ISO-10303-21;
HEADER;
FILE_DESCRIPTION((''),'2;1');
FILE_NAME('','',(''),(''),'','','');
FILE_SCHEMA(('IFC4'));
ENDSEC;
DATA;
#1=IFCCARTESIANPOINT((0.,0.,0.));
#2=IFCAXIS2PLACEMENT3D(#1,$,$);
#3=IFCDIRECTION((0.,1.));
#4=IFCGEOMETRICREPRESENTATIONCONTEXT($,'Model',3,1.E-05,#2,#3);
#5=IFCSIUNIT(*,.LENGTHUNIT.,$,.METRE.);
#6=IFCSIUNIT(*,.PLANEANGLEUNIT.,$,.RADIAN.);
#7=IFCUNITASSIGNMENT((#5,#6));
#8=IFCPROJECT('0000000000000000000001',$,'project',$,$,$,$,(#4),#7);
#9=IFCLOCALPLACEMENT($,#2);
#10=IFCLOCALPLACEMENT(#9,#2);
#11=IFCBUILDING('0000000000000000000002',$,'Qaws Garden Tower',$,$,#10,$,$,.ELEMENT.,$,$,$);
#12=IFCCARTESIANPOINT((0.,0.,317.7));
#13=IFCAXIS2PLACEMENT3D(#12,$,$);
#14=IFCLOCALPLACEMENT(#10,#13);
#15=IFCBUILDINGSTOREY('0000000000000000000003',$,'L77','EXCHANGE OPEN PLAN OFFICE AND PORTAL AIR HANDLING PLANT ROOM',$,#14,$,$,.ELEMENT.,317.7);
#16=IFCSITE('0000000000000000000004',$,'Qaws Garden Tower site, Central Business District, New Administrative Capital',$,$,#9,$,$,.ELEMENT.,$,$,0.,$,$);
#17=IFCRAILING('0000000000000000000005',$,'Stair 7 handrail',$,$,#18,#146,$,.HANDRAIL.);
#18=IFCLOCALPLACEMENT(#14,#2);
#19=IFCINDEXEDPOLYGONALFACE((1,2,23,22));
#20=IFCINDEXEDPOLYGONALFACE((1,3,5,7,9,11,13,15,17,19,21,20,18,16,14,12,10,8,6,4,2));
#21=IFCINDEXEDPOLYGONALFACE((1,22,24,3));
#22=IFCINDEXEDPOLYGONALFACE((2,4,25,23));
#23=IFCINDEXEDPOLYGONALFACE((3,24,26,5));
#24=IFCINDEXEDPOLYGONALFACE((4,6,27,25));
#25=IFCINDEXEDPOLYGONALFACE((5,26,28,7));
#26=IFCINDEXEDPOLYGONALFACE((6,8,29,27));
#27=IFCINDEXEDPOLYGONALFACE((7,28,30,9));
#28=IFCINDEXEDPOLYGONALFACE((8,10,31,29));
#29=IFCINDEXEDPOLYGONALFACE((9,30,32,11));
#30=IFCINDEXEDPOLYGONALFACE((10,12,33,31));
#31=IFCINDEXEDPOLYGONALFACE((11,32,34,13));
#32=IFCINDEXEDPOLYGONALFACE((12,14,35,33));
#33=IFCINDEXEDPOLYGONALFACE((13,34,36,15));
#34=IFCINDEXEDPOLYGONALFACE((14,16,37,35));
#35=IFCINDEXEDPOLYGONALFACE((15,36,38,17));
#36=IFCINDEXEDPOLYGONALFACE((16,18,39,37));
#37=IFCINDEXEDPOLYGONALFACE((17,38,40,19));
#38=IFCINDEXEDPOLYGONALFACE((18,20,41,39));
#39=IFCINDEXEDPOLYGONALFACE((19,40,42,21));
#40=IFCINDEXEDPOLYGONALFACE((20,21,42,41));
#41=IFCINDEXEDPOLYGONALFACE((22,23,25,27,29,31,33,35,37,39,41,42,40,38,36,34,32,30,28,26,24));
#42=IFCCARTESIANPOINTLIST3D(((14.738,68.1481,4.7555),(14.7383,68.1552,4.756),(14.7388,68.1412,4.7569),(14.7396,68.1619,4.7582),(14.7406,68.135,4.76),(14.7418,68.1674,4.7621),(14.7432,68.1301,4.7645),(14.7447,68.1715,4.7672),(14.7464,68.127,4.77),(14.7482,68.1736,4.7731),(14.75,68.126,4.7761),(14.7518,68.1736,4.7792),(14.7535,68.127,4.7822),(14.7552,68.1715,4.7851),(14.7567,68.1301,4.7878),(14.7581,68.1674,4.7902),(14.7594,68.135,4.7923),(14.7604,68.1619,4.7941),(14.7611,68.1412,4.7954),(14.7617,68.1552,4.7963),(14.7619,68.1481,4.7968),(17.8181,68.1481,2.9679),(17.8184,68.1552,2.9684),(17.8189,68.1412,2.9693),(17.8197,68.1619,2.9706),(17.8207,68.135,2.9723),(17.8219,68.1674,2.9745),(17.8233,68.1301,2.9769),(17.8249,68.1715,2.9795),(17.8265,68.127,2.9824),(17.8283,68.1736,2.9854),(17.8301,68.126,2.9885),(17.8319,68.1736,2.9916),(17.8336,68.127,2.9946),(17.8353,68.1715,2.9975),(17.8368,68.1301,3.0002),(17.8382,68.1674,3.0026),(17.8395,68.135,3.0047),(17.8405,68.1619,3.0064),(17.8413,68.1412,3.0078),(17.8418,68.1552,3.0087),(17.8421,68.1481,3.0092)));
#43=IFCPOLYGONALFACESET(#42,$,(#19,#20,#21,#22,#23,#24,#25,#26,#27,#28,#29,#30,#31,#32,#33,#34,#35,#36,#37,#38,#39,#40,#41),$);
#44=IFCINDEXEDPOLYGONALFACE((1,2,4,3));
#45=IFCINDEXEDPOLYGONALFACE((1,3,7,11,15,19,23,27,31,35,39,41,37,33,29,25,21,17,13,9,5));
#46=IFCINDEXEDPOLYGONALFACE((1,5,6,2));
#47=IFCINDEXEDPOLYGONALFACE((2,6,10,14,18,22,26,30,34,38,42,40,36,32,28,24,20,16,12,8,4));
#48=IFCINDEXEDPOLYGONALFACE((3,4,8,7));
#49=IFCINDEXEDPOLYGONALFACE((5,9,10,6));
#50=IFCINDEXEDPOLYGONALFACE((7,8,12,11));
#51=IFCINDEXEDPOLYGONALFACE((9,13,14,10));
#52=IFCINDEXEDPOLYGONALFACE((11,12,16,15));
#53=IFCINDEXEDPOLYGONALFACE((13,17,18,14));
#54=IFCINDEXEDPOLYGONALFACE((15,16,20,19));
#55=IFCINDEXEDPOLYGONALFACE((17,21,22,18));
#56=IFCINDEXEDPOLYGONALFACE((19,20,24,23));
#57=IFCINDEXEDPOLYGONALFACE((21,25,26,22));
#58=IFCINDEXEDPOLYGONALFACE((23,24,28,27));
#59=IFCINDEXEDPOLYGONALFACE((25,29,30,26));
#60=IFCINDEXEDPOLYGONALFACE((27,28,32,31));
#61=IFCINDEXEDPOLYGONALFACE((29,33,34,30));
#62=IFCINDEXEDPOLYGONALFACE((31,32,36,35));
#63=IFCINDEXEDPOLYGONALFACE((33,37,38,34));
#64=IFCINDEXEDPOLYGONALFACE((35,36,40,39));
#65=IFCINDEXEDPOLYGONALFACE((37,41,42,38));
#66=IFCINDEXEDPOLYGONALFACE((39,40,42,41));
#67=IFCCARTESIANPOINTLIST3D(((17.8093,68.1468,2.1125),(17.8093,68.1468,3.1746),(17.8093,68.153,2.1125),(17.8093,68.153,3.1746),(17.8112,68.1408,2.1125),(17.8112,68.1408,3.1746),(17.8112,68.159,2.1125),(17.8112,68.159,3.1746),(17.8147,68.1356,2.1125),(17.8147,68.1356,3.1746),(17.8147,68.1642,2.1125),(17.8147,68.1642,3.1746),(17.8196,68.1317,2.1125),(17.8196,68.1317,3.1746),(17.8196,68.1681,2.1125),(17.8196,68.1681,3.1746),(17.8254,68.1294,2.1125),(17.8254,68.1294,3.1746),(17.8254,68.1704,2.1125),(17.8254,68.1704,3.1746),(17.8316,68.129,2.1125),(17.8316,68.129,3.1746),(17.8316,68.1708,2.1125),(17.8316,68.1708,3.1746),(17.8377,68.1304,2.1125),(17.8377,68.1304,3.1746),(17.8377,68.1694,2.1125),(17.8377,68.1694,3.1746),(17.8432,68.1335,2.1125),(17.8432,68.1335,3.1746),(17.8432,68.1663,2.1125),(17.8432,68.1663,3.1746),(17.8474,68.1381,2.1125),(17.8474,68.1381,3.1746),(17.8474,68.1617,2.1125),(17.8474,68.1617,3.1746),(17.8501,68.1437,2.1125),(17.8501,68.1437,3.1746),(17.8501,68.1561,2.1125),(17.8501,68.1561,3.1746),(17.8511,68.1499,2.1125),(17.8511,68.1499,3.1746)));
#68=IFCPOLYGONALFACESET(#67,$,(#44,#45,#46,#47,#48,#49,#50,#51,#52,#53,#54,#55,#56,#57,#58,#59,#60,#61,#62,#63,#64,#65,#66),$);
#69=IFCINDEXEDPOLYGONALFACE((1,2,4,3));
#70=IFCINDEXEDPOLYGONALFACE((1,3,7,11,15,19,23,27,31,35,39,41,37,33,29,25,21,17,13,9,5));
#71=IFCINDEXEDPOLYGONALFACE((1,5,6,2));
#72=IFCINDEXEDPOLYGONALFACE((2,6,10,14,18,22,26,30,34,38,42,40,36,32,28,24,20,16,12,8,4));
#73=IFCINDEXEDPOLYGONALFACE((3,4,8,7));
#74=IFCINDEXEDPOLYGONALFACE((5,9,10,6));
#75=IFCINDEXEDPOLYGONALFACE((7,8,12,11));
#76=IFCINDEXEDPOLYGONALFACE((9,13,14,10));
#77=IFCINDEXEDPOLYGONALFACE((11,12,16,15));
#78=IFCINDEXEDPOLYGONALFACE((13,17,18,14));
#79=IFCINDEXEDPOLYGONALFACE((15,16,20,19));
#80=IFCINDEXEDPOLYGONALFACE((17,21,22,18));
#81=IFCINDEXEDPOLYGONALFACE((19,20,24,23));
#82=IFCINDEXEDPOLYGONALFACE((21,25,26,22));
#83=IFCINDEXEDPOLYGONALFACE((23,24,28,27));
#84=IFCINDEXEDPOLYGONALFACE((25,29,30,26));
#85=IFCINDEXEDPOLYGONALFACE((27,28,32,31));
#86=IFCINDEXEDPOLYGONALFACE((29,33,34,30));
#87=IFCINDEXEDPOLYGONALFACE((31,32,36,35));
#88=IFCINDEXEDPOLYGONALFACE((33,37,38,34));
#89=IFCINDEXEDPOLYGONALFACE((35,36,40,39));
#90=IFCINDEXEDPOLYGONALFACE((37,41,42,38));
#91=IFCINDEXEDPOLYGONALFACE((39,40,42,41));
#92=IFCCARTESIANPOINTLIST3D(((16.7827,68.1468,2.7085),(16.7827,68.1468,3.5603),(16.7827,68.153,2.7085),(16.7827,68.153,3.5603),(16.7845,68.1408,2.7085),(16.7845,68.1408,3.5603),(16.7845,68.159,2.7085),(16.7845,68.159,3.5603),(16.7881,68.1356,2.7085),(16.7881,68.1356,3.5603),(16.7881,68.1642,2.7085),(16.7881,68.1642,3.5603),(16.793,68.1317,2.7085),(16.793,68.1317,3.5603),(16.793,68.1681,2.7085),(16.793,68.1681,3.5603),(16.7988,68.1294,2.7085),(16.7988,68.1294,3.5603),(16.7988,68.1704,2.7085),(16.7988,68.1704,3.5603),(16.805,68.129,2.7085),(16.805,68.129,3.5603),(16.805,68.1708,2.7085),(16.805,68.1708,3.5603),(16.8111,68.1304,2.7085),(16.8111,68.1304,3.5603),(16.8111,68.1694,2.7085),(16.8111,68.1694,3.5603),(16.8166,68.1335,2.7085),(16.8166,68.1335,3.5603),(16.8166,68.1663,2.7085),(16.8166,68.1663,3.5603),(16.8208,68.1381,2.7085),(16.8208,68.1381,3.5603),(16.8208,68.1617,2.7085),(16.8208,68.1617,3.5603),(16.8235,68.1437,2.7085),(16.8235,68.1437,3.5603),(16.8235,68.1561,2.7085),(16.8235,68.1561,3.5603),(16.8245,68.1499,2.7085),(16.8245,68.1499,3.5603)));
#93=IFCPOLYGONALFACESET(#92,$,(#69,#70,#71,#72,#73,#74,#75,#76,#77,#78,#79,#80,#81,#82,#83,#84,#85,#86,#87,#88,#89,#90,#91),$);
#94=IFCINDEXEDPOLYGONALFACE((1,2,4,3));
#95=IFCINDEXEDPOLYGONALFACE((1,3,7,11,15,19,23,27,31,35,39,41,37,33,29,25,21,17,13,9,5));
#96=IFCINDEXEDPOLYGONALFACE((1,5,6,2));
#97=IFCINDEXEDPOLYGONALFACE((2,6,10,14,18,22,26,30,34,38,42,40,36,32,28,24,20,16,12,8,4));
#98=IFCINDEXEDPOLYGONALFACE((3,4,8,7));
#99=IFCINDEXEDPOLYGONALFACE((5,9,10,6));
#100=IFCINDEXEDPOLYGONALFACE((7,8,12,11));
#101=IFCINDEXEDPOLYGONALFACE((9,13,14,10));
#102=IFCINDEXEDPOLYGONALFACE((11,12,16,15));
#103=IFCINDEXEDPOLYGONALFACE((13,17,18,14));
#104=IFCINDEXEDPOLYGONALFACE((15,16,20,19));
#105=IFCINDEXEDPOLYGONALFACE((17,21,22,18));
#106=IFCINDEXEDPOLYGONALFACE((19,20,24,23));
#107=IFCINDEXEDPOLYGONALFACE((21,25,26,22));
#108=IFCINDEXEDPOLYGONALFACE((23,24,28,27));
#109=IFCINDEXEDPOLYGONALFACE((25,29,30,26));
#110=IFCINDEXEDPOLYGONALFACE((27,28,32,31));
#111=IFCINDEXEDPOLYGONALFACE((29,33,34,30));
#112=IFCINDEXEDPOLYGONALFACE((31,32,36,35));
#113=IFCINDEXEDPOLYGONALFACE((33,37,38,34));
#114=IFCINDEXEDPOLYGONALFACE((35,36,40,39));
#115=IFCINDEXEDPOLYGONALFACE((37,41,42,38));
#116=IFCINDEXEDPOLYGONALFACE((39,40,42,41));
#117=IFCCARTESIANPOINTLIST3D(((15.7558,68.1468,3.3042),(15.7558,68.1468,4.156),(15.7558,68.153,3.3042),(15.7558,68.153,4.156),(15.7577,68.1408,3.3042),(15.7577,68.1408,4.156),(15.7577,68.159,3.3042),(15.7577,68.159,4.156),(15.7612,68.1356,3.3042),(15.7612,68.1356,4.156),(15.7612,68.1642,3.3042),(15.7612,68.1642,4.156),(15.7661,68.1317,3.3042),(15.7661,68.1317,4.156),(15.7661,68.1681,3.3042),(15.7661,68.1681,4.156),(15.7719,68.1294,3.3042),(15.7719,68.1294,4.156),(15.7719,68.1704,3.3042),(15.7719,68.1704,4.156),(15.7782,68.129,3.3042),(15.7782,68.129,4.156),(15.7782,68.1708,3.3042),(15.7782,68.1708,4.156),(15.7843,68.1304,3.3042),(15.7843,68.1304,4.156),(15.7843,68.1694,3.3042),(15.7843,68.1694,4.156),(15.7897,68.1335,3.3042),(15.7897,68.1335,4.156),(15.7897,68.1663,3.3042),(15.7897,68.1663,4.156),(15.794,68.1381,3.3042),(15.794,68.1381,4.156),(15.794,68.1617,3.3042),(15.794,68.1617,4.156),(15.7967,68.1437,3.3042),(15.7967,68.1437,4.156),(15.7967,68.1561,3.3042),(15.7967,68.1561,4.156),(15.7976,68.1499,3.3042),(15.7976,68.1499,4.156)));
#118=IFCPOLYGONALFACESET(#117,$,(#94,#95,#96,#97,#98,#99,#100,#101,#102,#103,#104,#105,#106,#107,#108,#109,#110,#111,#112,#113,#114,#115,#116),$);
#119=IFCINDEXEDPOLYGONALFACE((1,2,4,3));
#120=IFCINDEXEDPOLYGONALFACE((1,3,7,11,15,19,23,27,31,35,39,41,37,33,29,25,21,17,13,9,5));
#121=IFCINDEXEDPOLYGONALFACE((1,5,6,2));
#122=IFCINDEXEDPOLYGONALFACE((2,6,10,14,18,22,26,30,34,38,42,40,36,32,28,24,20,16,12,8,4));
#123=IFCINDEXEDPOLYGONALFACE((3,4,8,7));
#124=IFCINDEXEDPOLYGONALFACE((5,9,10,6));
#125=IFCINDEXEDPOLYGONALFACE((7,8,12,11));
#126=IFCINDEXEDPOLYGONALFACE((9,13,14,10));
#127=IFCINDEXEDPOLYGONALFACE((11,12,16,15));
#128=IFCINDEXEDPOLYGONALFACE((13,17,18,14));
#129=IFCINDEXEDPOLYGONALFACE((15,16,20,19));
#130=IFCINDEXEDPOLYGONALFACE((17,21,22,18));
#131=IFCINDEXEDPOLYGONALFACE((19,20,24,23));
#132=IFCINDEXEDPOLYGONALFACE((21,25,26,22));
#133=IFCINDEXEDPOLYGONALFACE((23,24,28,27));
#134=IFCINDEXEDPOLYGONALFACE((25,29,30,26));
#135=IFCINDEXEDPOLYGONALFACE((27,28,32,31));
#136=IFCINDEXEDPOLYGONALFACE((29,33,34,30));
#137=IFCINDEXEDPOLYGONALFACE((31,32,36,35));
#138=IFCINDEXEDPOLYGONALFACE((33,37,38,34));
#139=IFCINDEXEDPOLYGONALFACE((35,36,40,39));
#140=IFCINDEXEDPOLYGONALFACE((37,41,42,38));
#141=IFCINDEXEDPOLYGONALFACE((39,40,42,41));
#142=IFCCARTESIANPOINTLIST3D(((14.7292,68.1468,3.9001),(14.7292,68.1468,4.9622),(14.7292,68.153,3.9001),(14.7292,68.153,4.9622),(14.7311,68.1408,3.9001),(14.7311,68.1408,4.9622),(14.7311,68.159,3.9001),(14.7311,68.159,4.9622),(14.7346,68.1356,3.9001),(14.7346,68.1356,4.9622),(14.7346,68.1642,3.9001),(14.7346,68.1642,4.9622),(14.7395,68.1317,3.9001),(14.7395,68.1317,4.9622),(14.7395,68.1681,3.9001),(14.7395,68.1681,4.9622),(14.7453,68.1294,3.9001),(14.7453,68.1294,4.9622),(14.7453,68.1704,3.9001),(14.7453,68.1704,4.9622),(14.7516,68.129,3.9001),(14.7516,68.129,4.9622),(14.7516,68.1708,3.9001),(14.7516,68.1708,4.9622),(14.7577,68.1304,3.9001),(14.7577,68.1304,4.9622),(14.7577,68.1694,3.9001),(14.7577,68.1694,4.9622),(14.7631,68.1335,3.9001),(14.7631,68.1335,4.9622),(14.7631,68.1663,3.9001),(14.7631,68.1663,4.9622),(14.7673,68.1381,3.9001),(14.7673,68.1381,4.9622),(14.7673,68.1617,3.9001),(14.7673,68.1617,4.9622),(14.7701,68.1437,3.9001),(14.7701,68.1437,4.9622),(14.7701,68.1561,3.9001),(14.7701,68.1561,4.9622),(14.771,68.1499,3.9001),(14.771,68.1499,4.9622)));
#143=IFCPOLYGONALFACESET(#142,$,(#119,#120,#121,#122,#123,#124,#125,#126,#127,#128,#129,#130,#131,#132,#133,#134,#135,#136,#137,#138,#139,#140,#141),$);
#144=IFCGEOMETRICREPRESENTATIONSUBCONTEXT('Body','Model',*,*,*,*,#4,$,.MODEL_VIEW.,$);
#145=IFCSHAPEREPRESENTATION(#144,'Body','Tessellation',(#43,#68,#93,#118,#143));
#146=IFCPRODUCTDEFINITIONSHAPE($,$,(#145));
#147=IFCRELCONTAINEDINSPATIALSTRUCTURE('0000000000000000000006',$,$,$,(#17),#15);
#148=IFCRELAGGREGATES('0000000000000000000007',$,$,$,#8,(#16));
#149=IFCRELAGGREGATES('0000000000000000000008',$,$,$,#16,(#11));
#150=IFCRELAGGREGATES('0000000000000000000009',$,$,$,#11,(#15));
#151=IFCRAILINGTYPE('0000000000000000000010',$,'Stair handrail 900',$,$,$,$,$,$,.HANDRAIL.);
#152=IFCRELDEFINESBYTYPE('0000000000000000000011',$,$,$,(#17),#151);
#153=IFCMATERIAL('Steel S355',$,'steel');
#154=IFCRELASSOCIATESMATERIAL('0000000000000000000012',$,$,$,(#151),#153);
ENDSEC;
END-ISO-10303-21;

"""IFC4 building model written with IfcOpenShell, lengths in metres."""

from ifc_helpers import new_model, si_unit, direction, frame, origin, origin_2d, place, context, subcontext, project, spatial, circle, extrude, material, type_object, element, save


model = new_model("IFC4")

# Units and contexts
model_context = context("Model", 3, precision=1e-05, world=origin(), true_north=direction((0.0, 1.0)))
body_context = subcontext(model_context, "Body", "Model", "MODEL_VIEW")
ifc_project = project(units=[si_unit("LENGTHUNIT", "METRE"), si_unit("PLANEANGLEUNIT", "RADIAN")], contexts=[model_context])

# Site, building, storey
site_placement = place(None, origin())
site = spatial("IfcSite", under=ifc_project, at=site_placement, Name="Qaws Garden Tower site, Central Business District, New Administrative Capital", CompositionType="ELEMENT", RefElevation=0.0)
building_placement = place(site_placement, origin())
building = spatial("IfcBuilding", under=site, at=building_placement, Name="Qaws Garden Tower", CompositionType="ELEMENT")
storey_placement = place(building_placement, frame((0.0, 0.0, 317.7)))
storey = spatial("IfcBuildingStorey", under=building, at=storey_placement, Name="L77", Description="EXCHANGE OPEN PLAN OFFICE AND PORTAL AIR HANDLING PLANT ROOM", CompositionType="ELEMENT", Elevation=317.7)

# Railing
ifc_material_1 = material(Name="Steel S355", Category="steel")
railing_type = type_object("IfcRailingType", Name="Stair handrail 900", PredefinedType="HANDRAIL", material=ifc_material_1)
railing_1_placement = place(storey_placement, frame((17.8301, 68.1499, 2.1125)))
element("IfcRailing", 1, at=railing_1_placement, inside=storey, type_object=railing_type, Name="Stair 7 handrail", PredefinedType="HANDRAIL", context=body_context, shape_type="SweptSolid", body=[
    extrude(circle(Radius=0.0239, at=origin_2d()), frame((0.0, 0.0, 0.876), z_axis=(-0.864891, 0.0, 0.50196), x_axis=(0.0, -1.0, 0.0)), (0.0, 0.0, 1.0), 3.5613),
    extrude(circle(Radius=0.021, at=origin_2d()), origin(), (0.0, 0.0, 1.0), 1.062),
    extrude(circle(Radius=0.021, at=origin_2d()), frame((-1.0266, 0.0, 0.5959)), (0.0, 0.0, 1.0), 0.8518),
    extrude(circle(Radius=0.021, at=origin_2d()), frame((-2.0535, 0.0, 1.1917)), (0.0, 0.0, 1.0), 0.8518),
    extrude(circle(Radius=0.021, at=origin_2d()), frame((-3.0801, 0.0, 1.7876)), (0.0, 0.0, 1.0), 1.062),
])

save(model, "model.ifc")
